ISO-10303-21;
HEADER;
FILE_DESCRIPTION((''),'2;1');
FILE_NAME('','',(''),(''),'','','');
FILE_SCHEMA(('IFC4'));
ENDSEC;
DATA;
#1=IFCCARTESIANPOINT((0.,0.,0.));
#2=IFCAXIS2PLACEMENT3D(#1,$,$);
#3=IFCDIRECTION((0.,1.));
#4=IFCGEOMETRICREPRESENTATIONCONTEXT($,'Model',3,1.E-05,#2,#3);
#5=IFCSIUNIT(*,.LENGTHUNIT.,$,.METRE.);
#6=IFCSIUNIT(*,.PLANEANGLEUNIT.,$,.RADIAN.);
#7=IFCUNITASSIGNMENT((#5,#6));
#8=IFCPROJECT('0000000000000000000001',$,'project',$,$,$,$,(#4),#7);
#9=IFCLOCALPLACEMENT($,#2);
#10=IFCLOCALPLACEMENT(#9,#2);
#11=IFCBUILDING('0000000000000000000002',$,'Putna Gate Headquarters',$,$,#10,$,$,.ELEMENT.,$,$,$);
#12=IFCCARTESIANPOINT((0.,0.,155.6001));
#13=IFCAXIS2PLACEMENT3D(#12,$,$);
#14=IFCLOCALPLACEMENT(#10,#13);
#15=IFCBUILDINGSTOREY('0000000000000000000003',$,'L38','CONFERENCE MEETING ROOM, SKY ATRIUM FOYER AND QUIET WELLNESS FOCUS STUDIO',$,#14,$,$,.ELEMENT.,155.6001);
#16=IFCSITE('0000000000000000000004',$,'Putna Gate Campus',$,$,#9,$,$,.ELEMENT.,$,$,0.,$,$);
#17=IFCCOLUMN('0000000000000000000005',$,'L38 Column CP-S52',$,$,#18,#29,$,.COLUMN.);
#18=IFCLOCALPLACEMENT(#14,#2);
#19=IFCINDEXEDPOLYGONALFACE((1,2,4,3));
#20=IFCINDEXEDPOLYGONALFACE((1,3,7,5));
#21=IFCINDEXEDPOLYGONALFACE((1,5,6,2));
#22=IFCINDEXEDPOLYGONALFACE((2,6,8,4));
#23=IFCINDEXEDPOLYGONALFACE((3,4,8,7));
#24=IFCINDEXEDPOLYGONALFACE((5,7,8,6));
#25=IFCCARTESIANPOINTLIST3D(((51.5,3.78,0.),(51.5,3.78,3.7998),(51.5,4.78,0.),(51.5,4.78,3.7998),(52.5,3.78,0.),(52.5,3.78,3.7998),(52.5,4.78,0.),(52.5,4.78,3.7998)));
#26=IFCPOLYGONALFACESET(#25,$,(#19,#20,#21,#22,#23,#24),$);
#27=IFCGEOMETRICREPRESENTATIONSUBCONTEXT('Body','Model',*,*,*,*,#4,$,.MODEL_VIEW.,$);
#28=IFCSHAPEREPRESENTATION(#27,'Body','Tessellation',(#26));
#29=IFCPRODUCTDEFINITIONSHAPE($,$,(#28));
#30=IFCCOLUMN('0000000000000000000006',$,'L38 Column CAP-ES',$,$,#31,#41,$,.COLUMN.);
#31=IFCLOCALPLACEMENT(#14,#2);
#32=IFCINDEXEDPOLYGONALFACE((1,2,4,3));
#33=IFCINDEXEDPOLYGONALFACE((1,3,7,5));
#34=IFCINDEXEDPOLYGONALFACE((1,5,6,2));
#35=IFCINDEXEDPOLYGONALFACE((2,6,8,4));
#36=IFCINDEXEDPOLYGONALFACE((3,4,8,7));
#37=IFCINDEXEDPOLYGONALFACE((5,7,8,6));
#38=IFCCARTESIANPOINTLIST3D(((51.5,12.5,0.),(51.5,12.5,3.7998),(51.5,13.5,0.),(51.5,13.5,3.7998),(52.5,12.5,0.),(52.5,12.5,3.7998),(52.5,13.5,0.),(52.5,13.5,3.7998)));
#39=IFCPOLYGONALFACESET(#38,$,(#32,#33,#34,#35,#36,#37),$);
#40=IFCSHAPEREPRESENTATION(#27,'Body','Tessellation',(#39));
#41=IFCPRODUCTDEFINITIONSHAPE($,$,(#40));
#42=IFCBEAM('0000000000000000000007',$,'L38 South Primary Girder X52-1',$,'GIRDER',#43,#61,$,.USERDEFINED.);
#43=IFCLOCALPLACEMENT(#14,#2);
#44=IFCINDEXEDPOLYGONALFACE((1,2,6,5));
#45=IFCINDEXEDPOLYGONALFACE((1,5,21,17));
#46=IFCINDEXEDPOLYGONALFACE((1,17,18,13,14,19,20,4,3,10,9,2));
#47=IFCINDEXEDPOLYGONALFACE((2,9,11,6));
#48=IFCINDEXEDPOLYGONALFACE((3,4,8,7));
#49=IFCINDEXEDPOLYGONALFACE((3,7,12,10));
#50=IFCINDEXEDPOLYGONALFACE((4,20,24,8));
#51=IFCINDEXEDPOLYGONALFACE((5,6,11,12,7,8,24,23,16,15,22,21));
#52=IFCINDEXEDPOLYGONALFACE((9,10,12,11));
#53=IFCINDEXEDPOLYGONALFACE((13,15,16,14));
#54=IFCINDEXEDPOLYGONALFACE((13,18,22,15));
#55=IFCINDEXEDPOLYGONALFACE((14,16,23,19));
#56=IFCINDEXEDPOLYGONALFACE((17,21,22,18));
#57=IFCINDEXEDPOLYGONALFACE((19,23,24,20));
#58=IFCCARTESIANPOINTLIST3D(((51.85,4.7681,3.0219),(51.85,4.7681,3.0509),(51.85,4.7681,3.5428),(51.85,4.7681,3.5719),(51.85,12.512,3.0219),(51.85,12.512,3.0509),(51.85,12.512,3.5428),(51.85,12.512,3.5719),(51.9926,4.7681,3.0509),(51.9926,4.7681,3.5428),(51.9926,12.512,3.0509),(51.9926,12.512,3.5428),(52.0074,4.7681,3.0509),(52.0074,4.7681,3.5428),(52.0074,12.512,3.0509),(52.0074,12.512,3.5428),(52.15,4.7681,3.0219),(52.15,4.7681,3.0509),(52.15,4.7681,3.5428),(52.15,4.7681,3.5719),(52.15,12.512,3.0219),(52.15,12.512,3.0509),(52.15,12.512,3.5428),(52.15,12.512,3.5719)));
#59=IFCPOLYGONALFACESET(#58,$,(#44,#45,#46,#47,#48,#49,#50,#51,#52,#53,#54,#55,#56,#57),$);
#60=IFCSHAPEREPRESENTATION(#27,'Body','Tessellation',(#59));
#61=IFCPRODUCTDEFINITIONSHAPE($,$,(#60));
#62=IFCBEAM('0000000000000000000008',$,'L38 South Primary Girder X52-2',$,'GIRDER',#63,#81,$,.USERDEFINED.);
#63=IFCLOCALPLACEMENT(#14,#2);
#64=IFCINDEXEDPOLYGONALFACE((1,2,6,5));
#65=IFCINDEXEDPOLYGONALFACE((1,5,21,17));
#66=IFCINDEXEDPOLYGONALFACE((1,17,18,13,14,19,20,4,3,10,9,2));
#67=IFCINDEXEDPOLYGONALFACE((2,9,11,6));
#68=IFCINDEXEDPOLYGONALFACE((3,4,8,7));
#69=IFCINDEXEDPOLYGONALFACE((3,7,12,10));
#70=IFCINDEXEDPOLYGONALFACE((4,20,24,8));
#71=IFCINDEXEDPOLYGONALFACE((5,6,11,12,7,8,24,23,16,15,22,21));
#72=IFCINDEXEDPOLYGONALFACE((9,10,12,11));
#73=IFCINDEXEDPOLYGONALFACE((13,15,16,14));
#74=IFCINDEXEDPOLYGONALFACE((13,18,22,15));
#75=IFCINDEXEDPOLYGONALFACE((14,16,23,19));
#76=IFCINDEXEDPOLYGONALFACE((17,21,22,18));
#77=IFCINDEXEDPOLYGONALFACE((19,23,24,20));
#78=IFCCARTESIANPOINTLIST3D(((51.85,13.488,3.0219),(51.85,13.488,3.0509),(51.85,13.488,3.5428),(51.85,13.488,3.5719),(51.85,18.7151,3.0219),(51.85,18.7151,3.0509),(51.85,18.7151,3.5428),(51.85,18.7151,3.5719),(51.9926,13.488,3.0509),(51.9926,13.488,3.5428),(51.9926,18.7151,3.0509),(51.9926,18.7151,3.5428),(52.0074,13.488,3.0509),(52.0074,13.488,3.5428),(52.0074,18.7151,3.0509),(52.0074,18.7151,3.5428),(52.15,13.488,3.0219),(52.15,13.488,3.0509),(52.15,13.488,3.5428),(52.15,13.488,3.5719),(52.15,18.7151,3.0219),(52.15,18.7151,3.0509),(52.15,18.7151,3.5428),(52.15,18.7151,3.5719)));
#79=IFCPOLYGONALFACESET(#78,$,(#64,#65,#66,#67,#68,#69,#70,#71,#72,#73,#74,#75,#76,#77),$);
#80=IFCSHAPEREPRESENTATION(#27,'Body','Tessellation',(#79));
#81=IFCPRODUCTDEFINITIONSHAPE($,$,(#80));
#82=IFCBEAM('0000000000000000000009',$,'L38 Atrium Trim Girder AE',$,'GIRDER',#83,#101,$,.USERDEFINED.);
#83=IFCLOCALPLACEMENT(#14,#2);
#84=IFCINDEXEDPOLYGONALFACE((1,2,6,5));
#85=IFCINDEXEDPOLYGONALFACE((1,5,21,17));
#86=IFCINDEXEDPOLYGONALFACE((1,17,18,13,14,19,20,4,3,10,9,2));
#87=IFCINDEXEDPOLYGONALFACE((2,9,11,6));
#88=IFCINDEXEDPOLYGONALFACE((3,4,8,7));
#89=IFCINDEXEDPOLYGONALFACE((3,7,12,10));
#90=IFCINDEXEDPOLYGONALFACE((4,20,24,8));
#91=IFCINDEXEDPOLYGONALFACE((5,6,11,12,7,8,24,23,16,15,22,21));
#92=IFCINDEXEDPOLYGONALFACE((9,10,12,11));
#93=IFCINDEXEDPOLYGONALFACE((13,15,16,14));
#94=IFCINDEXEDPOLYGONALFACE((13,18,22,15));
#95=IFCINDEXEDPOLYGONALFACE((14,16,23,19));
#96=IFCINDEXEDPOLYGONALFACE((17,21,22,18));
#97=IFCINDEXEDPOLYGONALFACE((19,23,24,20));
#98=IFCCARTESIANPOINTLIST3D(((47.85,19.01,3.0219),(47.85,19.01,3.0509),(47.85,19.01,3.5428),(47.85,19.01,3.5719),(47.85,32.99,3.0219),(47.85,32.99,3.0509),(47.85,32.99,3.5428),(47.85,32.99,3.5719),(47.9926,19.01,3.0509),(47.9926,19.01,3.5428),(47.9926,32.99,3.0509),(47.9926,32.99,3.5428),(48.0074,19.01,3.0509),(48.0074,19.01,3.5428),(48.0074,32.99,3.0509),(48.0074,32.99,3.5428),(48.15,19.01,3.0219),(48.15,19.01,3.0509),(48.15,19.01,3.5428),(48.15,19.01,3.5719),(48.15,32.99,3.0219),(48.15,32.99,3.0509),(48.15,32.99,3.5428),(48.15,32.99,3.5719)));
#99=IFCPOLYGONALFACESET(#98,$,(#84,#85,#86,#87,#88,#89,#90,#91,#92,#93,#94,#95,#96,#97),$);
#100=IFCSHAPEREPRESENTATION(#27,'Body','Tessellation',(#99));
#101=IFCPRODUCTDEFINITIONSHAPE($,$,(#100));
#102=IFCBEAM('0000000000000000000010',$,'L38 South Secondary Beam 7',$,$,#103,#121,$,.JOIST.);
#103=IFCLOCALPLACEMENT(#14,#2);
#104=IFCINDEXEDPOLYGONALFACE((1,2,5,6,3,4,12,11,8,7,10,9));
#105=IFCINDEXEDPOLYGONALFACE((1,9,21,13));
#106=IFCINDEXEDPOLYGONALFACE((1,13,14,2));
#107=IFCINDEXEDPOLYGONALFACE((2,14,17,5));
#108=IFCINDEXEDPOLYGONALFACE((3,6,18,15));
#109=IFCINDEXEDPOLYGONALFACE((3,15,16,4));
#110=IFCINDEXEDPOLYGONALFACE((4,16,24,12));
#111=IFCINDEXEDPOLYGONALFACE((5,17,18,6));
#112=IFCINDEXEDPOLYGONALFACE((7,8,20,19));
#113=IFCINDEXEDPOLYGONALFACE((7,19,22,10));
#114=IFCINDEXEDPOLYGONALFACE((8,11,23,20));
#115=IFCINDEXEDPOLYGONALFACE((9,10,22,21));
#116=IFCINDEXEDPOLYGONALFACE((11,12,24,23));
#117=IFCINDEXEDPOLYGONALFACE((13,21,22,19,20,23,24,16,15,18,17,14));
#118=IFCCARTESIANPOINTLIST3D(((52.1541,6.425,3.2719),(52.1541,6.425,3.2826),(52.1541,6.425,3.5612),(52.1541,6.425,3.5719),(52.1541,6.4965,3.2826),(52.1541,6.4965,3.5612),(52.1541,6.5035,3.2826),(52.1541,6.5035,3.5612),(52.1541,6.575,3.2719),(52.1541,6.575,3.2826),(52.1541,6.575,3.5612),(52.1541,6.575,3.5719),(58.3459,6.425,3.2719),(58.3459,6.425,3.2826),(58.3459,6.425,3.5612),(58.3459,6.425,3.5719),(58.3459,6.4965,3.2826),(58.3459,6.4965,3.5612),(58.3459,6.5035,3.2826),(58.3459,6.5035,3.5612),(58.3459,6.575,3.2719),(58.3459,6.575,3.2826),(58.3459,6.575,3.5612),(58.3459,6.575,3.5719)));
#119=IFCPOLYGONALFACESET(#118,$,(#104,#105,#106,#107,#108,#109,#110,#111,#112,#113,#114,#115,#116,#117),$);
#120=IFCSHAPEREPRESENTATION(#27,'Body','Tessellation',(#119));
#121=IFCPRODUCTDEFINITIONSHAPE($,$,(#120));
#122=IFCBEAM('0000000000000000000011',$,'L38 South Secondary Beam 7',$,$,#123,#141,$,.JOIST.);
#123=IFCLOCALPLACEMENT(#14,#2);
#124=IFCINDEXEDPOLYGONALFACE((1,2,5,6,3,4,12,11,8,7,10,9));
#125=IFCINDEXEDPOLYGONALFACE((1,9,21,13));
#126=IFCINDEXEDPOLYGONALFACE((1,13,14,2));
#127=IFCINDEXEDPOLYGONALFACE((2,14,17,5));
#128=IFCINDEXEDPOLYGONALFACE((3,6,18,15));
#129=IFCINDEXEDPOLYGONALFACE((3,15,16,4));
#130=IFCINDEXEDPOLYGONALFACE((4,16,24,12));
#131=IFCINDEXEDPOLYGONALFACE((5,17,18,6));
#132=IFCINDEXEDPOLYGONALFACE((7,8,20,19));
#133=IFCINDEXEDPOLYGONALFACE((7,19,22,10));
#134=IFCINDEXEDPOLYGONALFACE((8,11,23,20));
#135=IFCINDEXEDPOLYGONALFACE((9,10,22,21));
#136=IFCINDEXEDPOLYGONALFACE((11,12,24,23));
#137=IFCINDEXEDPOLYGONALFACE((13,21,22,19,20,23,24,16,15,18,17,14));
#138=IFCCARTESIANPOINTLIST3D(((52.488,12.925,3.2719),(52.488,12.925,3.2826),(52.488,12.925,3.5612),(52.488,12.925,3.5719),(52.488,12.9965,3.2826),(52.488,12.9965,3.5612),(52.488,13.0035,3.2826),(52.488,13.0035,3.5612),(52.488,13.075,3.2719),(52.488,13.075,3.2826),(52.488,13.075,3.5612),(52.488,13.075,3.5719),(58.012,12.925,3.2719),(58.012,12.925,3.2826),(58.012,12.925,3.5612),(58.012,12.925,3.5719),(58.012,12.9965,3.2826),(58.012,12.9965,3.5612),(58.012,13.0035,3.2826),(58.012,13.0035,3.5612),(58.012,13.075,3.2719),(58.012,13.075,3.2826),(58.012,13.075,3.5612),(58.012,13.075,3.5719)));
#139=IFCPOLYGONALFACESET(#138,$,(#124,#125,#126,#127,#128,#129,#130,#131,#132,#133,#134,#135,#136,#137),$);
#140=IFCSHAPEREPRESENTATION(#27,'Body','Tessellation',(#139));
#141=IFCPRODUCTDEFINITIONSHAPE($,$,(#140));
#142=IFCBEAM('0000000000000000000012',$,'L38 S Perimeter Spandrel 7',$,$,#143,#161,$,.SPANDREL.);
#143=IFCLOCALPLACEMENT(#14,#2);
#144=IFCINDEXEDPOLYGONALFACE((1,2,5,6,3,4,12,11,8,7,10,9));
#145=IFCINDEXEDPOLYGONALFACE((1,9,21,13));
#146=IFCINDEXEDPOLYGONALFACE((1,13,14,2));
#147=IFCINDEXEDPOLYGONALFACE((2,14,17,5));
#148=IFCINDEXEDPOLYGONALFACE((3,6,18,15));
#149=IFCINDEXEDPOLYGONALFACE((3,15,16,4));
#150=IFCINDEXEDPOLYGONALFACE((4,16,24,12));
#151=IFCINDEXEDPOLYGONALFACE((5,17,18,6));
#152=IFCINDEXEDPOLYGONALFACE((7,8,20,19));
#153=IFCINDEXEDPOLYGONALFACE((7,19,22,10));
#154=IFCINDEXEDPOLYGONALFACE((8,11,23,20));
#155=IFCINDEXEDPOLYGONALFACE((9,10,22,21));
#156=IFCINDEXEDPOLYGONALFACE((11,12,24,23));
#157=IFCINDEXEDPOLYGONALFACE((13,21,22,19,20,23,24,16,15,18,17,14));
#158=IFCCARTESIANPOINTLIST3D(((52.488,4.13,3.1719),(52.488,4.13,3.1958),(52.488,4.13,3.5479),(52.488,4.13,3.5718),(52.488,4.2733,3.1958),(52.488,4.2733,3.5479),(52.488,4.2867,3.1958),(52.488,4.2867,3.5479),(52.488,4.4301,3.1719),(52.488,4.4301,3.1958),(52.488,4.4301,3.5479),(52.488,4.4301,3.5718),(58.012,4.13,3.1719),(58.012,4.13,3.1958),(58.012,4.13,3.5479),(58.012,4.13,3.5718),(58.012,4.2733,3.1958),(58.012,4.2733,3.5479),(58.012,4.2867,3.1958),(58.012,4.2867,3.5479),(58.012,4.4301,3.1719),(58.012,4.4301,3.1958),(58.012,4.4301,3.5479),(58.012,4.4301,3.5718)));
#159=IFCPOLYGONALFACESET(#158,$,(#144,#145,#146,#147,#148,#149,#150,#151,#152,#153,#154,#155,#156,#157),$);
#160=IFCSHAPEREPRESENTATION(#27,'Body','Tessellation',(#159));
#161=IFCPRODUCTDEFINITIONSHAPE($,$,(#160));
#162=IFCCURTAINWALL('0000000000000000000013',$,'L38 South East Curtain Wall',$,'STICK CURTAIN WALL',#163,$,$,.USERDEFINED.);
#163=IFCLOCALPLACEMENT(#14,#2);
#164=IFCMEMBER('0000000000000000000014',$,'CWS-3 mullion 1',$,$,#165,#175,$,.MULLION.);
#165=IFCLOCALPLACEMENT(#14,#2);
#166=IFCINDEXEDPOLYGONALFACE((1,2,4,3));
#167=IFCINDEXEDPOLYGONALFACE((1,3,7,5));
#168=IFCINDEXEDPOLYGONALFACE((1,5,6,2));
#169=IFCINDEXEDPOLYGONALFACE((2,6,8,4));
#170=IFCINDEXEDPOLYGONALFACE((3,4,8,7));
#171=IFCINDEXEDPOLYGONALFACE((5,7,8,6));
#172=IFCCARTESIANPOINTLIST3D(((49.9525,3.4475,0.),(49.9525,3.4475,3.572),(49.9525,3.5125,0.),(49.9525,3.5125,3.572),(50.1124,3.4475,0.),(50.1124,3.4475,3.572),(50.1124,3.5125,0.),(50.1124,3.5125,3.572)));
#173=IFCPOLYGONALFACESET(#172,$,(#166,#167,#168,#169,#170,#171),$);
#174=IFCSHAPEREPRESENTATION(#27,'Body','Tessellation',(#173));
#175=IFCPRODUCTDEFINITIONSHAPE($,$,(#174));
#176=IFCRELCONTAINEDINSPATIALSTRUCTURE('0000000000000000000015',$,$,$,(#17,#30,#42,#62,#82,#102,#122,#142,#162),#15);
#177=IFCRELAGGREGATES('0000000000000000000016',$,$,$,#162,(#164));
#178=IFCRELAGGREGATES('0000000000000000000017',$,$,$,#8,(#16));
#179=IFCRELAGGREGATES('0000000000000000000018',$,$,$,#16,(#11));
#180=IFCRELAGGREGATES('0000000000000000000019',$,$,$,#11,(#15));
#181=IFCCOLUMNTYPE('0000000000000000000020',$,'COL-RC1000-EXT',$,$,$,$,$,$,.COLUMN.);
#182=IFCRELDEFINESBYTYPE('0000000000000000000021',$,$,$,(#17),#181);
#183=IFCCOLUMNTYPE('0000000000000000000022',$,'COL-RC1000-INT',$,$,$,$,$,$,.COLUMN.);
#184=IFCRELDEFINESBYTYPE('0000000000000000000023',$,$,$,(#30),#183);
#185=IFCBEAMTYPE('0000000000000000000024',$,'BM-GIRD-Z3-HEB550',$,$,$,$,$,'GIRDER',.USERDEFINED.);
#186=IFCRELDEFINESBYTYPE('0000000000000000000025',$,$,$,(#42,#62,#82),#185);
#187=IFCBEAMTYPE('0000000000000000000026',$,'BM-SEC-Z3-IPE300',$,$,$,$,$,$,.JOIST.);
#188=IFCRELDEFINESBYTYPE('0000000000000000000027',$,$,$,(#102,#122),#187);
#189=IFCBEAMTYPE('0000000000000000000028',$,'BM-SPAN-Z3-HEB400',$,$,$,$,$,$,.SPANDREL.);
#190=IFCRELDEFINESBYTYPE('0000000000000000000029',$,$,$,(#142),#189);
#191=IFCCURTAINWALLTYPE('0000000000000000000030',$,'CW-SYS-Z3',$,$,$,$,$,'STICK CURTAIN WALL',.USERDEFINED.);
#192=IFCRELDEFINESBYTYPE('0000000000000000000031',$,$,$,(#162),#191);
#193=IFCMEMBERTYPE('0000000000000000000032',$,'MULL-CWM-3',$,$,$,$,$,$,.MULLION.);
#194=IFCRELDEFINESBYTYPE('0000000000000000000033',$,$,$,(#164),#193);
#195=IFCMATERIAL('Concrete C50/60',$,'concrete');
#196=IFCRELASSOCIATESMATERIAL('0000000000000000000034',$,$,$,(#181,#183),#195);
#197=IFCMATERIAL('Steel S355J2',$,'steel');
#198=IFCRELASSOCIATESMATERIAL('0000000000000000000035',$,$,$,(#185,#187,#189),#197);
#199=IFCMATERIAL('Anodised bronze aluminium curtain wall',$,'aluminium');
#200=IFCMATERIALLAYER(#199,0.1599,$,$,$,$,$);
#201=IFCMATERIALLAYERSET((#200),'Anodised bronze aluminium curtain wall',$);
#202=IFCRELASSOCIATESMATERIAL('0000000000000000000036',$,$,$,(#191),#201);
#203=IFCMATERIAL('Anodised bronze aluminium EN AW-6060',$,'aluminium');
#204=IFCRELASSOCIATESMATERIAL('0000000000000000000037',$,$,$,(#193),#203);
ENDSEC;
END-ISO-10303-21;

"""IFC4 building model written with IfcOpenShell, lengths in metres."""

from ifc_helpers import new_model, si_unit, direction, frame, origin, origin_2d, place, context, subcontext, project, spatial, rectangle, i_section, extrude, material, layer, layer_set, material_profile, profile_set, type_object, element, aggregate, save


model = new_model("IFC4")

# Units and contexts
model_context = context("Model", 3, precision=1e-05, world=origin(), true_north=direction((0.0, 1.0)))
body_context = subcontext(model_context, "Body", "Model", "MODEL_VIEW")
ifc_project = project(units=[si_unit("LENGTHUNIT", "METRE"), si_unit("PLANEANGLEUNIT", "RADIAN")], contexts=[model_context])

# Site, building, storey
site_placement = place(None, origin())
site = spatial("IfcSite", under=ifc_project, at=site_placement, Name="Putna Gate Campus", CompositionType="ELEMENT", RefElevation=0.0)
building_placement = place(site_placement, origin())
building = spatial("IfcBuilding", under=site, at=building_placement, Name="Putna Gate Headquarters", CompositionType="ELEMENT")
storey_placement = place(building_placement, frame((0.0, 0.0, 155.6001)))
storey = spatial("IfcBuildingStorey", under=building, at=storey_placement, Name="L38", Description="CONFERENCE MEETING ROOM, SKY ATRIUM FOYER AND QUIET WELLNESS FOCUS STUDIO", CompositionType="ELEMENT", Elevation=155.6001)

# Columns
ifc_material_1 = material(Name="Concrete C50/60", Category="concrete")
ifc_material_profile_1 = material_profile(ifc_material_1, rectangle(XDim=1.0, YDim=1.0, at=origin_2d()), Name="Concrete C50/60")
ifc_profile_set_1 = profile_set([ifc_material_profile_1], Name="Concrete C50/60")
column_type_1 = type_object("IfcColumnType", Name="COL-RC1000-EXT", PredefinedType="COLUMN", material=ifc_profile_set_1)
column_1_placement = place(storey_placement, frame((52.0, 4.28, 0.0), z_axis=(0.0, 0.0, 1.0), x_axis=(1.0, 0.0, 0.0)))
element("IfcColumn", 1, at=column_1_placement, inside=storey, type_object=column_type_1, Name="L38 Column CP-S52", PredefinedType="COLUMN", context=body_context, shape_type="SweptSolid", body=[
    extrude(rectangle(XDim=1.0, YDim=1.0, at=origin_2d()), origin(), (0.0, 0.0, 1.0), 3.7998),
])
ifc_material_profile_2 = material_profile(ifc_material_1, rectangle(XDim=1.0, YDim=1.0, at=origin_2d()), Name="Concrete C50/60")
ifc_profile_set_2 = profile_set([ifc_material_profile_2], Name="Concrete C50/60")
column_type_2 = type_object("IfcColumnType", Name="COL-RC1000-INT", PredefinedType="COLUMN", material=ifc_profile_set_2)
column_2_placement = place(storey_placement, frame((52.0, 13.0, 0.0), z_axis=(0.0, 0.0, 1.0), x_axis=(1.0, 0.0, 0.0)))
element("IfcColumn", 2, at=column_2_placement, inside=storey, type_object=column_type_2, Name="L38 Column CAP-ES", PredefinedType="COLUMN", context=body_context, shape_type="SweptSolid", body=[
    extrude(rectangle(XDim=1.0, YDim=1.0, at=origin_2d()), origin(), (0.0, 0.0, 1.0), 3.7998),
])

# Beams
ifc_material_2 = material(Name="Steel S355J2", Category="steel")
ifc_material_profile_3 = material_profile(ifc_material_2, i_section(OverallWidth=0.3, OverallDepth=0.55, WebThickness=0.0149, FlangeThickness=0.0291, at=origin_2d()), Name="Steel S355J2")
ifc_profile_set_3 = profile_set([ifc_material_profile_3], Name="Steel S355J2")
beam_type_1 = type_object("IfcBeamType", Name="BM-GIRD-Z3-HEB550", ElementType="GIRDER", PredefinedType="USERDEFINED", material=ifc_profile_set_3)
beam_1_placement = place(storey_placement, frame((52.0, 4.7681, 3.2969), z_axis=(0.0, 1.0, 0.0), x_axis=(-1.0, 0.0, 0.0)))
element("IfcBeam", 3, at=beam_1_placement, inside=storey, type_object=beam_type_1, Name="L38 South Primary Girder X52-1", ObjectType="GIRDER", PredefinedType="USERDEFINED", context=body_context, shape_type="SweptSolid", body=[
    extrude(i_section(OverallWidth=0.3, OverallDepth=0.55, WebThickness=0.0149, FlangeThickness=0.0291, at=origin_2d()), origin(), (0.0, 0.0, 1.0), 7.7439),
])
beam_2_placement = place(storey_placement, frame((52.0, 13.488, 3.2969), z_axis=(0.0, 1.0, 0.0), x_axis=(-1.0, 0.0, 0.0)))
element("IfcBeam", 4, at=beam_2_placement, inside=storey, type_object=beam_type_1, Name="L38 South Primary Girder X52-2", ObjectType="GIRDER", PredefinedType="USERDEFINED", context=body_context, shape_type="SweptSolid", body=[
    extrude(i_section(OverallWidth=0.3, OverallDepth=0.55, WebThickness=0.0149, FlangeThickness=0.0291, at=origin_2d()), origin(), (0.0, 0.0, 1.0), 5.2271),
])
beam_3_placement = place(storey_placement, frame((48.0, 19.01, 3.2969), z_axis=(0.0, 1.0, 0.0), x_axis=(-1.0, 0.0, 0.0)))
element("IfcBeam", 5, at=beam_3_placement, inside=storey, type_object=beam_type_1, Name="L38 Atrium Trim Girder AE", ObjectType="GIRDER", PredefinedType="USERDEFINED", context=body_context, shape_type="SweptSolid", body=[
    extrude(i_section(OverallWidth=0.3, OverallDepth=0.55, WebThickness=0.0149, FlangeThickness=0.0291, at=origin_2d()), origin(), (0.0, 0.0, 1.0), 13.98),
])
ifc_material_profile_4 = material_profile(ifc_material_2, i_section(OverallWidth=0.1499, OverallDepth=0.3, WebThickness=0.0071, FlangeThickness=0.0107, at=origin_2d()), Name="Steel S355J2")
ifc_profile_set_4 = profile_set([ifc_material_profile_4], Name="Steel S355J2")
beam_type_2 = type_object("IfcBeamType", Name="BM-SEC-Z3-IPE300", PredefinedType="JOIST", material=ifc_profile_set_4)
beam_4_placement = place(storey_placement, frame((52.1541, 6.5, 3.4219), z_axis=(1.0, 0.0, 0.0), x_axis=(0.0, 1.0, 0.0)))
element("IfcBeam", 6, at=beam_4_placement, inside=storey, type_object=beam_type_2, Name="L38 South Secondary Beam 7", PredefinedType="JOIST", context=body_context, shape_type="SweptSolid", body=[
    extrude(i_section(OverallWidth=0.1499, OverallDepth=0.3, WebThickness=0.0071, FlangeThickness=0.0107, at=origin_2d()), origin(), (0.0, 0.0, 1.0), 6.1919),
])
beam_5_placement = place(storey_placement, frame((52.488, 13.0, 3.4219), z_axis=(1.0, 0.0, 0.0), x_axis=(0.0, 1.0, 0.0)))
element("IfcBeam", 7, at=beam_5_placement, inside=storey, type_object=beam_type_2, Name="L38 South Secondary Beam 7", PredefinedType="JOIST", context=body_context, shape_type="SweptSolid", body=[
    extrude(i_section(OverallWidth=0.1499, OverallDepth=0.3, WebThickness=0.0071, FlangeThickness=0.0107, at=origin_2d()), origin(), (0.0, 0.0, 1.0), 5.5239),
])
ifc_material_profile_5 = material_profile(ifc_material_2, i_section(OverallWidth=0.3, OverallDepth=0.3999, WebThickness=0.0134, FlangeThickness=0.0239, at=origin_2d()), Name="Steel S355J2")
ifc_profile_set_5 = profile_set([ifc_material_profile_5], Name="Steel S355J2")
beam_type_3 = type_object("IfcBeamType", Name="BM-SPAN-Z3-HEB400", PredefinedType="SPANDREL", material=ifc_profile_set_5)
beam_6_placement = place(storey_placement, frame((52.488, 4.28, 3.3718), z_axis=(1.0, 0.0, 0.0), x_axis=(0.0, 1.0, 0.0)))
element("IfcBeam", 8, at=beam_6_placement, inside=storey, type_object=beam_type_3, Name="L38 S Perimeter Spandrel 7", PredefinedType="SPANDREL", context=body_context, shape_type="SweptSolid", body=[
    extrude(i_section(OverallWidth=0.3, OverallDepth=0.3999, WebThickness=0.0134, FlangeThickness=0.0239, at=origin_2d()), origin(), (0.0, 0.0, 1.0), 5.5239),
])

# Curtain wall, member
ifc_material_3 = material(Name="Anodised bronze aluminium curtain wall", Category="aluminium")
ifc_layer_1 = layer(ifc_material_3, 0.1599)
ifc_layer_set_1 = layer_set([ifc_layer_1], Name="Anodised bronze aluminium curtain wall")
curtain_wall_type_1 = type_object("IfcCurtainWallType", Name="CW-SYS-Z3", ElementType="STICK CURTAIN WALL", PredefinedType="USERDEFINED", material=ifc_layer_set_1)
curtain_wall_1_placement = place(storey_placement, origin())
curtain_wall_1 = element("IfcCurtainWall", 9, at=curtain_wall_1_placement, inside=storey, type_object=curtain_wall_type_1, Name="L38 South East Curtain Wall", ObjectType="STICK CURTAIN WALL", PredefinedType="USERDEFINED")
ifc_material_4 = material(Name="Anodised bronze aluminium EN AW-6060", Category="aluminium")
ifc_material_profile_6 = material_profile(ifc_material_4, rectangle(XDim=0.0649, YDim=0.1599, at=origin_2d()), Name="Anodised bronze aluminium EN AW-6060")
ifc_profile_set_6 = profile_set([ifc_material_profile_6], Name="Anodised bronze aluminium EN AW-6060")
member_type_1 = type_object("IfcMemberType", Name="MULL-CWM-3", PredefinedType="MULLION", material=ifc_profile_set_6)
member_1_placement = place(storey_placement, frame((50.0325, 3.48, 0.0), z_axis=(0.0, 0.0, 1.0), x_axis=(0.0, 1.0, 0.0)))
member_1 = element("IfcMember", 10, at=member_1_placement, type_object=member_type_1, Name="CWS-3 mullion 1", PredefinedType="MULLION", context=body_context, shape_type="SweptSolid", body=[
    extrude(rectangle(XDim=0.0649, YDim=0.1599, at=origin_2d()), origin(), (0.0, 0.0, 1.0), 3.572),
])

aggregate(curtain_wall_1, [member_1])

save(model, "model.ifc")
